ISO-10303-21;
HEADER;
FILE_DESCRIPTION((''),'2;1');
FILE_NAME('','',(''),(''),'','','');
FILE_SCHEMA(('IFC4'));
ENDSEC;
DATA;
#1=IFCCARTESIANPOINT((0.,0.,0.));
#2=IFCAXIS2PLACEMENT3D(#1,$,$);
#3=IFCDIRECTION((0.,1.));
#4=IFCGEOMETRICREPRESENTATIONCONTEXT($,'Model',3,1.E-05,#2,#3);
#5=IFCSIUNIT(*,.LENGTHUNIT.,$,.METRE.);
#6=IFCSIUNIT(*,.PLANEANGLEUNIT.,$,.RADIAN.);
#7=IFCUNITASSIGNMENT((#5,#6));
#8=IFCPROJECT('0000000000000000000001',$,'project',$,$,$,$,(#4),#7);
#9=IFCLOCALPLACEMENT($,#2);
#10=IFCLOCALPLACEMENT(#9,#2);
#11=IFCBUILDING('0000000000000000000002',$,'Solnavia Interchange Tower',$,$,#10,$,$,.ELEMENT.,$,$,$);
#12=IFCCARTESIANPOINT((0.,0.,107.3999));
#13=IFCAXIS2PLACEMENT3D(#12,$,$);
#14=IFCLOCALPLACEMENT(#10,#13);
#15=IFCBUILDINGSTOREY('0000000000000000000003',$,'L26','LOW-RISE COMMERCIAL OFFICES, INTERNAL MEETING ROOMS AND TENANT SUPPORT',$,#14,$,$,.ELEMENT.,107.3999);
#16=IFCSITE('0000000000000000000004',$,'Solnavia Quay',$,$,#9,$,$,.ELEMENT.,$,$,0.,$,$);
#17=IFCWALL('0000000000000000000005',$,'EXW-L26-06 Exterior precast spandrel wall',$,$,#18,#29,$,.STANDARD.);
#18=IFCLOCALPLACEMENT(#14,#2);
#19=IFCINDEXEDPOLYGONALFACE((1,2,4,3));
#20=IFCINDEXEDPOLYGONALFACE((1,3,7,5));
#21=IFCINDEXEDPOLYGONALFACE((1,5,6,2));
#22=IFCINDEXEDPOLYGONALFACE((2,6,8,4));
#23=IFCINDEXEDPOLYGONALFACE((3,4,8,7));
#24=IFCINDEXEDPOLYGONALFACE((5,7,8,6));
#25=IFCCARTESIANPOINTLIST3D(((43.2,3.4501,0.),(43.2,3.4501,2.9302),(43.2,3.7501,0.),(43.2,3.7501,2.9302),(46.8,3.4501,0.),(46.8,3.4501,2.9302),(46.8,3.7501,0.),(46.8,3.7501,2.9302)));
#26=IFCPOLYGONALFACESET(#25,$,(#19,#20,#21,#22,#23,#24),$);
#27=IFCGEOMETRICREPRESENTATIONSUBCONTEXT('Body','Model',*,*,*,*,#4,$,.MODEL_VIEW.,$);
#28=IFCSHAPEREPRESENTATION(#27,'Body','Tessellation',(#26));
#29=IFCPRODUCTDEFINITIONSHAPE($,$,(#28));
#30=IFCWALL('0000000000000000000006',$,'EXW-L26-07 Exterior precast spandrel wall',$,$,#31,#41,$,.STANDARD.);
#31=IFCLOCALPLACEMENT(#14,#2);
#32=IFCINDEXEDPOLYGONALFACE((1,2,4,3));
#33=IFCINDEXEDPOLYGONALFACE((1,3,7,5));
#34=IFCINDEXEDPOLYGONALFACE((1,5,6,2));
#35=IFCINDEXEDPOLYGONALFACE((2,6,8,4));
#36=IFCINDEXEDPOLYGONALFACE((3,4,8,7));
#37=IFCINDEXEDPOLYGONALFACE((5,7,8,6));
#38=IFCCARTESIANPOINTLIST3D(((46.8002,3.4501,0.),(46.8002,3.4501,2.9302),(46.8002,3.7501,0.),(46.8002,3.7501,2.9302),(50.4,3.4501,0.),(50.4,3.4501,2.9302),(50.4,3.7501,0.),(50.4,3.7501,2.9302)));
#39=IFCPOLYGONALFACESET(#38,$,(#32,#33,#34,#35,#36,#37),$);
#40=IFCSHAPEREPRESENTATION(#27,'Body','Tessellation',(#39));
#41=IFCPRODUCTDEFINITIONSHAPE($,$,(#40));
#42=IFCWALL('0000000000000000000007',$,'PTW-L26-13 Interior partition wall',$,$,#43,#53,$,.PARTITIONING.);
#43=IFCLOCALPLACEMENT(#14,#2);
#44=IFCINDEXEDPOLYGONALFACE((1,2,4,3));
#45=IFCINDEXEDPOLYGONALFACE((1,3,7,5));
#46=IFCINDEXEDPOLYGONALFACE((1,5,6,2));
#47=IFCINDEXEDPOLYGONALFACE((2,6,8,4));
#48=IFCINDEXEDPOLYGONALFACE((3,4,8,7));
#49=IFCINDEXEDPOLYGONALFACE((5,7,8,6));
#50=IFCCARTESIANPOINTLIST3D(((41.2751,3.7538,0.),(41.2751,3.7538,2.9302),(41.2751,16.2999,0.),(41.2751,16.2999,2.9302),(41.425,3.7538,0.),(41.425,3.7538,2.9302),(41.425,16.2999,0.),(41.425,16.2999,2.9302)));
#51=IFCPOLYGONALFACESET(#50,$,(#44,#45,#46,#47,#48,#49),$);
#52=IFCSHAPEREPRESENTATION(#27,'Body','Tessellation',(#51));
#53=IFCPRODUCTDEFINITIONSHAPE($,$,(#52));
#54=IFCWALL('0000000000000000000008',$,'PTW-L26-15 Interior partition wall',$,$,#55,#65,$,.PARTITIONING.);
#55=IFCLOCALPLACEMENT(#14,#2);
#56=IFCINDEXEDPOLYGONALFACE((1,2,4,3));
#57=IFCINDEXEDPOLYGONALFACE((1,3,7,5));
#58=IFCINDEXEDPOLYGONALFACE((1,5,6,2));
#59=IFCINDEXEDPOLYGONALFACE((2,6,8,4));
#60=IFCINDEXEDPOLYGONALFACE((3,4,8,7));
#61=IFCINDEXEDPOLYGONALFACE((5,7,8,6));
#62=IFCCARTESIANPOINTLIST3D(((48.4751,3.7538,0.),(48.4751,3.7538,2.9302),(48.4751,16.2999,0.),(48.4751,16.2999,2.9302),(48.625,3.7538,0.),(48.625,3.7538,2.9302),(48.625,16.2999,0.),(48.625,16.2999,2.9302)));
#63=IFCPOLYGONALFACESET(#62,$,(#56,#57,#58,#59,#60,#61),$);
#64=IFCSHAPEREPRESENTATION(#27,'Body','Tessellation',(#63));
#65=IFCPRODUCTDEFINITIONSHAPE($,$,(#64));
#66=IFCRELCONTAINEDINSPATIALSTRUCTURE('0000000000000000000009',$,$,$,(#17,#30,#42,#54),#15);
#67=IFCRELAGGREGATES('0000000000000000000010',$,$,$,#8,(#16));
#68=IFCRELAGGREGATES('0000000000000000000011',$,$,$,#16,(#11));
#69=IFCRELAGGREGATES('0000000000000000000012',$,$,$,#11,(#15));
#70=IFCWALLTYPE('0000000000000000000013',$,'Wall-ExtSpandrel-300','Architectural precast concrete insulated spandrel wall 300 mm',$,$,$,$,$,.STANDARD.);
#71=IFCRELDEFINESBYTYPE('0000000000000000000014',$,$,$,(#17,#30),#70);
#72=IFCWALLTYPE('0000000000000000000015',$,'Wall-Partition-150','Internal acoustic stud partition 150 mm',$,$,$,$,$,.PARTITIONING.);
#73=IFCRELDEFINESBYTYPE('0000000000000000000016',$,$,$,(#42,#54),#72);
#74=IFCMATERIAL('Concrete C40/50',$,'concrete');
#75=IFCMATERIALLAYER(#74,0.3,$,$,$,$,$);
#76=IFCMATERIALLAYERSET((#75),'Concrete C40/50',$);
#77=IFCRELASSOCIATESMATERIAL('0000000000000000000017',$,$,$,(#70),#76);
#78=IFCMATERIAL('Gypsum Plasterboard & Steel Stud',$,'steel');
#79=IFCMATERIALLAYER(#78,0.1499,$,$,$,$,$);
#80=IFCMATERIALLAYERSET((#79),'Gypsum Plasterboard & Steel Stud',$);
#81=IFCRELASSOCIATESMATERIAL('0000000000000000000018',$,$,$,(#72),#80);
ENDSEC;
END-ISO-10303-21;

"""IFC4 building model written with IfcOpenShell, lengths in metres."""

from ifc_helpers import new_model, si_unit, direction, frame, frame_2d, origin, place, context, subcontext, project, spatial, rectangle, extrude, material, layer, layer_set, type_object, element, save


model = new_model("IFC4")

# Units and contexts
model_context = context("Model", 3, precision=1e-05, world=origin(), true_north=direction((0.0, 1.0)))
body_context = subcontext(model_context, "Body", "Model", "MODEL_VIEW")
ifc_project = project(units=[si_unit("LENGTHUNIT", "METRE"), si_unit("PLANEANGLEUNIT", "RADIAN")], contexts=[model_context])

# Site, building, storey
site_placement = place(None, origin())
site = spatial("IfcSite", under=ifc_project, at=site_placement, Name="Solnavia Quay", CompositionType="ELEMENT", RefElevation=0.0)
building_placement = place(site_placement, origin())
building = spatial("IfcBuilding", under=site, at=building_placement, Name="Solnavia Interchange Tower", CompositionType="ELEMENT")
storey_placement = place(building_placement, frame((0.0, 0.0, 107.3999)))
storey = spatial("IfcBuildingStorey", under=building, at=storey_placement, Name="L26", Description="LOW-RISE COMMERCIAL OFFICES, INTERNAL MEETING ROOMS AND TENANT SUPPORT", CompositionType="ELEMENT", Elevation=107.3999)

# Walls
ifc_material_1 = material(Name="Concrete C40/50", Category="concrete")
ifc_layer_1 = layer(ifc_material_1, 0.3)
ifc_layer_set_1 = layer_set([ifc_layer_1], Name="Concrete C40/50")
wall_type_1 = type_object("IfcWallType", Name="Wall-ExtSpandrel-300", Description="Architectural precast concrete insulated spandrel wall 300 mm", PredefinedType="STANDARD", material=ifc_layer_set_1)
wall_1_placement = place(storey_placement, frame((46.8, 3.6001, 0.0), z_axis=(0.0, 0.0, 1.0), x_axis=(-1.0, 0.0, 0.0)))
element("IfcWall", 1, at=wall_1_placement, inside=storey, type_object=wall_type_1, Name="EXW-L26-06 Exterior precast spandrel wall", PredefinedType="STANDARD", context=body_context, shape_type="SweptSolid", body=[
    extrude(rectangle(XDim=3.6001, YDim=0.3, at=frame_2d((1.8, 0.0))), origin(), (0.0, 0.0, 1.0), 2.9302),
])
wall_2_placement = place(storey_placement, frame((50.3999, 3.6001, 0.0), z_axis=(0.0, 0.0, 1.0), x_axis=(-1.0, 0.0, 0.0)))
element("IfcWall", 2, at=wall_2_placement, inside=storey, type_object=wall_type_1, Name="EXW-L26-07 Exterior precast spandrel wall", PredefinedType="STANDARD", context=body_context, shape_type="SweptSolid", body=[
    extrude(rectangle(XDim=3.5999, YDim=0.3, at=frame_2d((1.7998, 0.0))), origin(), (0.0, 0.0, 1.0), 2.9302),
])
ifc_material_2 = material(Name="Gypsum Plasterboard & Steel Stud", Category="steel")
ifc_layer_2 = layer(ifc_material_2, 0.1499)
ifc_layer_set_2 = layer_set([ifc_layer_2], Name="Gypsum Plasterboard & Steel Stud")
wall_type_2 = type_object("IfcWallType", Name="Wall-Partition-150", Description="Internal acoustic stud partition 150 mm", PredefinedType="PARTITIONING", material=ifc_layer_set_2)
for number, where, z_axis, x_axis, name in (
    (3, (41.3501, 3.7539, 0.0), (0.0, 0.0, 1.0), (0.0, 1.0, 0.0), "PTW-L26-13 Interior partition wall"),
    (4, (48.55, 3.7539, 0.0), (0.0, 0.0, 1.0), (0.0, 1.0, 0.0), "PTW-L26-15 Interior partition wall"),
):
    element("IfcWall", number, at=place(storey_placement, frame(where, z_axis=z_axis, x_axis=x_axis)), inside=storey, type_object=wall_type_2, Name=name, PredefinedType="PARTITIONING", context=body_context, shape_type="SweptSolid", body=[
        extrude(rectangle(XDim=12.5461, YDim=0.1499, at=frame_2d((6.2729, 0.0))), origin(), (0.0, 0.0, 1.0), 2.9302),
    ])

save(model, "model.ifc")
